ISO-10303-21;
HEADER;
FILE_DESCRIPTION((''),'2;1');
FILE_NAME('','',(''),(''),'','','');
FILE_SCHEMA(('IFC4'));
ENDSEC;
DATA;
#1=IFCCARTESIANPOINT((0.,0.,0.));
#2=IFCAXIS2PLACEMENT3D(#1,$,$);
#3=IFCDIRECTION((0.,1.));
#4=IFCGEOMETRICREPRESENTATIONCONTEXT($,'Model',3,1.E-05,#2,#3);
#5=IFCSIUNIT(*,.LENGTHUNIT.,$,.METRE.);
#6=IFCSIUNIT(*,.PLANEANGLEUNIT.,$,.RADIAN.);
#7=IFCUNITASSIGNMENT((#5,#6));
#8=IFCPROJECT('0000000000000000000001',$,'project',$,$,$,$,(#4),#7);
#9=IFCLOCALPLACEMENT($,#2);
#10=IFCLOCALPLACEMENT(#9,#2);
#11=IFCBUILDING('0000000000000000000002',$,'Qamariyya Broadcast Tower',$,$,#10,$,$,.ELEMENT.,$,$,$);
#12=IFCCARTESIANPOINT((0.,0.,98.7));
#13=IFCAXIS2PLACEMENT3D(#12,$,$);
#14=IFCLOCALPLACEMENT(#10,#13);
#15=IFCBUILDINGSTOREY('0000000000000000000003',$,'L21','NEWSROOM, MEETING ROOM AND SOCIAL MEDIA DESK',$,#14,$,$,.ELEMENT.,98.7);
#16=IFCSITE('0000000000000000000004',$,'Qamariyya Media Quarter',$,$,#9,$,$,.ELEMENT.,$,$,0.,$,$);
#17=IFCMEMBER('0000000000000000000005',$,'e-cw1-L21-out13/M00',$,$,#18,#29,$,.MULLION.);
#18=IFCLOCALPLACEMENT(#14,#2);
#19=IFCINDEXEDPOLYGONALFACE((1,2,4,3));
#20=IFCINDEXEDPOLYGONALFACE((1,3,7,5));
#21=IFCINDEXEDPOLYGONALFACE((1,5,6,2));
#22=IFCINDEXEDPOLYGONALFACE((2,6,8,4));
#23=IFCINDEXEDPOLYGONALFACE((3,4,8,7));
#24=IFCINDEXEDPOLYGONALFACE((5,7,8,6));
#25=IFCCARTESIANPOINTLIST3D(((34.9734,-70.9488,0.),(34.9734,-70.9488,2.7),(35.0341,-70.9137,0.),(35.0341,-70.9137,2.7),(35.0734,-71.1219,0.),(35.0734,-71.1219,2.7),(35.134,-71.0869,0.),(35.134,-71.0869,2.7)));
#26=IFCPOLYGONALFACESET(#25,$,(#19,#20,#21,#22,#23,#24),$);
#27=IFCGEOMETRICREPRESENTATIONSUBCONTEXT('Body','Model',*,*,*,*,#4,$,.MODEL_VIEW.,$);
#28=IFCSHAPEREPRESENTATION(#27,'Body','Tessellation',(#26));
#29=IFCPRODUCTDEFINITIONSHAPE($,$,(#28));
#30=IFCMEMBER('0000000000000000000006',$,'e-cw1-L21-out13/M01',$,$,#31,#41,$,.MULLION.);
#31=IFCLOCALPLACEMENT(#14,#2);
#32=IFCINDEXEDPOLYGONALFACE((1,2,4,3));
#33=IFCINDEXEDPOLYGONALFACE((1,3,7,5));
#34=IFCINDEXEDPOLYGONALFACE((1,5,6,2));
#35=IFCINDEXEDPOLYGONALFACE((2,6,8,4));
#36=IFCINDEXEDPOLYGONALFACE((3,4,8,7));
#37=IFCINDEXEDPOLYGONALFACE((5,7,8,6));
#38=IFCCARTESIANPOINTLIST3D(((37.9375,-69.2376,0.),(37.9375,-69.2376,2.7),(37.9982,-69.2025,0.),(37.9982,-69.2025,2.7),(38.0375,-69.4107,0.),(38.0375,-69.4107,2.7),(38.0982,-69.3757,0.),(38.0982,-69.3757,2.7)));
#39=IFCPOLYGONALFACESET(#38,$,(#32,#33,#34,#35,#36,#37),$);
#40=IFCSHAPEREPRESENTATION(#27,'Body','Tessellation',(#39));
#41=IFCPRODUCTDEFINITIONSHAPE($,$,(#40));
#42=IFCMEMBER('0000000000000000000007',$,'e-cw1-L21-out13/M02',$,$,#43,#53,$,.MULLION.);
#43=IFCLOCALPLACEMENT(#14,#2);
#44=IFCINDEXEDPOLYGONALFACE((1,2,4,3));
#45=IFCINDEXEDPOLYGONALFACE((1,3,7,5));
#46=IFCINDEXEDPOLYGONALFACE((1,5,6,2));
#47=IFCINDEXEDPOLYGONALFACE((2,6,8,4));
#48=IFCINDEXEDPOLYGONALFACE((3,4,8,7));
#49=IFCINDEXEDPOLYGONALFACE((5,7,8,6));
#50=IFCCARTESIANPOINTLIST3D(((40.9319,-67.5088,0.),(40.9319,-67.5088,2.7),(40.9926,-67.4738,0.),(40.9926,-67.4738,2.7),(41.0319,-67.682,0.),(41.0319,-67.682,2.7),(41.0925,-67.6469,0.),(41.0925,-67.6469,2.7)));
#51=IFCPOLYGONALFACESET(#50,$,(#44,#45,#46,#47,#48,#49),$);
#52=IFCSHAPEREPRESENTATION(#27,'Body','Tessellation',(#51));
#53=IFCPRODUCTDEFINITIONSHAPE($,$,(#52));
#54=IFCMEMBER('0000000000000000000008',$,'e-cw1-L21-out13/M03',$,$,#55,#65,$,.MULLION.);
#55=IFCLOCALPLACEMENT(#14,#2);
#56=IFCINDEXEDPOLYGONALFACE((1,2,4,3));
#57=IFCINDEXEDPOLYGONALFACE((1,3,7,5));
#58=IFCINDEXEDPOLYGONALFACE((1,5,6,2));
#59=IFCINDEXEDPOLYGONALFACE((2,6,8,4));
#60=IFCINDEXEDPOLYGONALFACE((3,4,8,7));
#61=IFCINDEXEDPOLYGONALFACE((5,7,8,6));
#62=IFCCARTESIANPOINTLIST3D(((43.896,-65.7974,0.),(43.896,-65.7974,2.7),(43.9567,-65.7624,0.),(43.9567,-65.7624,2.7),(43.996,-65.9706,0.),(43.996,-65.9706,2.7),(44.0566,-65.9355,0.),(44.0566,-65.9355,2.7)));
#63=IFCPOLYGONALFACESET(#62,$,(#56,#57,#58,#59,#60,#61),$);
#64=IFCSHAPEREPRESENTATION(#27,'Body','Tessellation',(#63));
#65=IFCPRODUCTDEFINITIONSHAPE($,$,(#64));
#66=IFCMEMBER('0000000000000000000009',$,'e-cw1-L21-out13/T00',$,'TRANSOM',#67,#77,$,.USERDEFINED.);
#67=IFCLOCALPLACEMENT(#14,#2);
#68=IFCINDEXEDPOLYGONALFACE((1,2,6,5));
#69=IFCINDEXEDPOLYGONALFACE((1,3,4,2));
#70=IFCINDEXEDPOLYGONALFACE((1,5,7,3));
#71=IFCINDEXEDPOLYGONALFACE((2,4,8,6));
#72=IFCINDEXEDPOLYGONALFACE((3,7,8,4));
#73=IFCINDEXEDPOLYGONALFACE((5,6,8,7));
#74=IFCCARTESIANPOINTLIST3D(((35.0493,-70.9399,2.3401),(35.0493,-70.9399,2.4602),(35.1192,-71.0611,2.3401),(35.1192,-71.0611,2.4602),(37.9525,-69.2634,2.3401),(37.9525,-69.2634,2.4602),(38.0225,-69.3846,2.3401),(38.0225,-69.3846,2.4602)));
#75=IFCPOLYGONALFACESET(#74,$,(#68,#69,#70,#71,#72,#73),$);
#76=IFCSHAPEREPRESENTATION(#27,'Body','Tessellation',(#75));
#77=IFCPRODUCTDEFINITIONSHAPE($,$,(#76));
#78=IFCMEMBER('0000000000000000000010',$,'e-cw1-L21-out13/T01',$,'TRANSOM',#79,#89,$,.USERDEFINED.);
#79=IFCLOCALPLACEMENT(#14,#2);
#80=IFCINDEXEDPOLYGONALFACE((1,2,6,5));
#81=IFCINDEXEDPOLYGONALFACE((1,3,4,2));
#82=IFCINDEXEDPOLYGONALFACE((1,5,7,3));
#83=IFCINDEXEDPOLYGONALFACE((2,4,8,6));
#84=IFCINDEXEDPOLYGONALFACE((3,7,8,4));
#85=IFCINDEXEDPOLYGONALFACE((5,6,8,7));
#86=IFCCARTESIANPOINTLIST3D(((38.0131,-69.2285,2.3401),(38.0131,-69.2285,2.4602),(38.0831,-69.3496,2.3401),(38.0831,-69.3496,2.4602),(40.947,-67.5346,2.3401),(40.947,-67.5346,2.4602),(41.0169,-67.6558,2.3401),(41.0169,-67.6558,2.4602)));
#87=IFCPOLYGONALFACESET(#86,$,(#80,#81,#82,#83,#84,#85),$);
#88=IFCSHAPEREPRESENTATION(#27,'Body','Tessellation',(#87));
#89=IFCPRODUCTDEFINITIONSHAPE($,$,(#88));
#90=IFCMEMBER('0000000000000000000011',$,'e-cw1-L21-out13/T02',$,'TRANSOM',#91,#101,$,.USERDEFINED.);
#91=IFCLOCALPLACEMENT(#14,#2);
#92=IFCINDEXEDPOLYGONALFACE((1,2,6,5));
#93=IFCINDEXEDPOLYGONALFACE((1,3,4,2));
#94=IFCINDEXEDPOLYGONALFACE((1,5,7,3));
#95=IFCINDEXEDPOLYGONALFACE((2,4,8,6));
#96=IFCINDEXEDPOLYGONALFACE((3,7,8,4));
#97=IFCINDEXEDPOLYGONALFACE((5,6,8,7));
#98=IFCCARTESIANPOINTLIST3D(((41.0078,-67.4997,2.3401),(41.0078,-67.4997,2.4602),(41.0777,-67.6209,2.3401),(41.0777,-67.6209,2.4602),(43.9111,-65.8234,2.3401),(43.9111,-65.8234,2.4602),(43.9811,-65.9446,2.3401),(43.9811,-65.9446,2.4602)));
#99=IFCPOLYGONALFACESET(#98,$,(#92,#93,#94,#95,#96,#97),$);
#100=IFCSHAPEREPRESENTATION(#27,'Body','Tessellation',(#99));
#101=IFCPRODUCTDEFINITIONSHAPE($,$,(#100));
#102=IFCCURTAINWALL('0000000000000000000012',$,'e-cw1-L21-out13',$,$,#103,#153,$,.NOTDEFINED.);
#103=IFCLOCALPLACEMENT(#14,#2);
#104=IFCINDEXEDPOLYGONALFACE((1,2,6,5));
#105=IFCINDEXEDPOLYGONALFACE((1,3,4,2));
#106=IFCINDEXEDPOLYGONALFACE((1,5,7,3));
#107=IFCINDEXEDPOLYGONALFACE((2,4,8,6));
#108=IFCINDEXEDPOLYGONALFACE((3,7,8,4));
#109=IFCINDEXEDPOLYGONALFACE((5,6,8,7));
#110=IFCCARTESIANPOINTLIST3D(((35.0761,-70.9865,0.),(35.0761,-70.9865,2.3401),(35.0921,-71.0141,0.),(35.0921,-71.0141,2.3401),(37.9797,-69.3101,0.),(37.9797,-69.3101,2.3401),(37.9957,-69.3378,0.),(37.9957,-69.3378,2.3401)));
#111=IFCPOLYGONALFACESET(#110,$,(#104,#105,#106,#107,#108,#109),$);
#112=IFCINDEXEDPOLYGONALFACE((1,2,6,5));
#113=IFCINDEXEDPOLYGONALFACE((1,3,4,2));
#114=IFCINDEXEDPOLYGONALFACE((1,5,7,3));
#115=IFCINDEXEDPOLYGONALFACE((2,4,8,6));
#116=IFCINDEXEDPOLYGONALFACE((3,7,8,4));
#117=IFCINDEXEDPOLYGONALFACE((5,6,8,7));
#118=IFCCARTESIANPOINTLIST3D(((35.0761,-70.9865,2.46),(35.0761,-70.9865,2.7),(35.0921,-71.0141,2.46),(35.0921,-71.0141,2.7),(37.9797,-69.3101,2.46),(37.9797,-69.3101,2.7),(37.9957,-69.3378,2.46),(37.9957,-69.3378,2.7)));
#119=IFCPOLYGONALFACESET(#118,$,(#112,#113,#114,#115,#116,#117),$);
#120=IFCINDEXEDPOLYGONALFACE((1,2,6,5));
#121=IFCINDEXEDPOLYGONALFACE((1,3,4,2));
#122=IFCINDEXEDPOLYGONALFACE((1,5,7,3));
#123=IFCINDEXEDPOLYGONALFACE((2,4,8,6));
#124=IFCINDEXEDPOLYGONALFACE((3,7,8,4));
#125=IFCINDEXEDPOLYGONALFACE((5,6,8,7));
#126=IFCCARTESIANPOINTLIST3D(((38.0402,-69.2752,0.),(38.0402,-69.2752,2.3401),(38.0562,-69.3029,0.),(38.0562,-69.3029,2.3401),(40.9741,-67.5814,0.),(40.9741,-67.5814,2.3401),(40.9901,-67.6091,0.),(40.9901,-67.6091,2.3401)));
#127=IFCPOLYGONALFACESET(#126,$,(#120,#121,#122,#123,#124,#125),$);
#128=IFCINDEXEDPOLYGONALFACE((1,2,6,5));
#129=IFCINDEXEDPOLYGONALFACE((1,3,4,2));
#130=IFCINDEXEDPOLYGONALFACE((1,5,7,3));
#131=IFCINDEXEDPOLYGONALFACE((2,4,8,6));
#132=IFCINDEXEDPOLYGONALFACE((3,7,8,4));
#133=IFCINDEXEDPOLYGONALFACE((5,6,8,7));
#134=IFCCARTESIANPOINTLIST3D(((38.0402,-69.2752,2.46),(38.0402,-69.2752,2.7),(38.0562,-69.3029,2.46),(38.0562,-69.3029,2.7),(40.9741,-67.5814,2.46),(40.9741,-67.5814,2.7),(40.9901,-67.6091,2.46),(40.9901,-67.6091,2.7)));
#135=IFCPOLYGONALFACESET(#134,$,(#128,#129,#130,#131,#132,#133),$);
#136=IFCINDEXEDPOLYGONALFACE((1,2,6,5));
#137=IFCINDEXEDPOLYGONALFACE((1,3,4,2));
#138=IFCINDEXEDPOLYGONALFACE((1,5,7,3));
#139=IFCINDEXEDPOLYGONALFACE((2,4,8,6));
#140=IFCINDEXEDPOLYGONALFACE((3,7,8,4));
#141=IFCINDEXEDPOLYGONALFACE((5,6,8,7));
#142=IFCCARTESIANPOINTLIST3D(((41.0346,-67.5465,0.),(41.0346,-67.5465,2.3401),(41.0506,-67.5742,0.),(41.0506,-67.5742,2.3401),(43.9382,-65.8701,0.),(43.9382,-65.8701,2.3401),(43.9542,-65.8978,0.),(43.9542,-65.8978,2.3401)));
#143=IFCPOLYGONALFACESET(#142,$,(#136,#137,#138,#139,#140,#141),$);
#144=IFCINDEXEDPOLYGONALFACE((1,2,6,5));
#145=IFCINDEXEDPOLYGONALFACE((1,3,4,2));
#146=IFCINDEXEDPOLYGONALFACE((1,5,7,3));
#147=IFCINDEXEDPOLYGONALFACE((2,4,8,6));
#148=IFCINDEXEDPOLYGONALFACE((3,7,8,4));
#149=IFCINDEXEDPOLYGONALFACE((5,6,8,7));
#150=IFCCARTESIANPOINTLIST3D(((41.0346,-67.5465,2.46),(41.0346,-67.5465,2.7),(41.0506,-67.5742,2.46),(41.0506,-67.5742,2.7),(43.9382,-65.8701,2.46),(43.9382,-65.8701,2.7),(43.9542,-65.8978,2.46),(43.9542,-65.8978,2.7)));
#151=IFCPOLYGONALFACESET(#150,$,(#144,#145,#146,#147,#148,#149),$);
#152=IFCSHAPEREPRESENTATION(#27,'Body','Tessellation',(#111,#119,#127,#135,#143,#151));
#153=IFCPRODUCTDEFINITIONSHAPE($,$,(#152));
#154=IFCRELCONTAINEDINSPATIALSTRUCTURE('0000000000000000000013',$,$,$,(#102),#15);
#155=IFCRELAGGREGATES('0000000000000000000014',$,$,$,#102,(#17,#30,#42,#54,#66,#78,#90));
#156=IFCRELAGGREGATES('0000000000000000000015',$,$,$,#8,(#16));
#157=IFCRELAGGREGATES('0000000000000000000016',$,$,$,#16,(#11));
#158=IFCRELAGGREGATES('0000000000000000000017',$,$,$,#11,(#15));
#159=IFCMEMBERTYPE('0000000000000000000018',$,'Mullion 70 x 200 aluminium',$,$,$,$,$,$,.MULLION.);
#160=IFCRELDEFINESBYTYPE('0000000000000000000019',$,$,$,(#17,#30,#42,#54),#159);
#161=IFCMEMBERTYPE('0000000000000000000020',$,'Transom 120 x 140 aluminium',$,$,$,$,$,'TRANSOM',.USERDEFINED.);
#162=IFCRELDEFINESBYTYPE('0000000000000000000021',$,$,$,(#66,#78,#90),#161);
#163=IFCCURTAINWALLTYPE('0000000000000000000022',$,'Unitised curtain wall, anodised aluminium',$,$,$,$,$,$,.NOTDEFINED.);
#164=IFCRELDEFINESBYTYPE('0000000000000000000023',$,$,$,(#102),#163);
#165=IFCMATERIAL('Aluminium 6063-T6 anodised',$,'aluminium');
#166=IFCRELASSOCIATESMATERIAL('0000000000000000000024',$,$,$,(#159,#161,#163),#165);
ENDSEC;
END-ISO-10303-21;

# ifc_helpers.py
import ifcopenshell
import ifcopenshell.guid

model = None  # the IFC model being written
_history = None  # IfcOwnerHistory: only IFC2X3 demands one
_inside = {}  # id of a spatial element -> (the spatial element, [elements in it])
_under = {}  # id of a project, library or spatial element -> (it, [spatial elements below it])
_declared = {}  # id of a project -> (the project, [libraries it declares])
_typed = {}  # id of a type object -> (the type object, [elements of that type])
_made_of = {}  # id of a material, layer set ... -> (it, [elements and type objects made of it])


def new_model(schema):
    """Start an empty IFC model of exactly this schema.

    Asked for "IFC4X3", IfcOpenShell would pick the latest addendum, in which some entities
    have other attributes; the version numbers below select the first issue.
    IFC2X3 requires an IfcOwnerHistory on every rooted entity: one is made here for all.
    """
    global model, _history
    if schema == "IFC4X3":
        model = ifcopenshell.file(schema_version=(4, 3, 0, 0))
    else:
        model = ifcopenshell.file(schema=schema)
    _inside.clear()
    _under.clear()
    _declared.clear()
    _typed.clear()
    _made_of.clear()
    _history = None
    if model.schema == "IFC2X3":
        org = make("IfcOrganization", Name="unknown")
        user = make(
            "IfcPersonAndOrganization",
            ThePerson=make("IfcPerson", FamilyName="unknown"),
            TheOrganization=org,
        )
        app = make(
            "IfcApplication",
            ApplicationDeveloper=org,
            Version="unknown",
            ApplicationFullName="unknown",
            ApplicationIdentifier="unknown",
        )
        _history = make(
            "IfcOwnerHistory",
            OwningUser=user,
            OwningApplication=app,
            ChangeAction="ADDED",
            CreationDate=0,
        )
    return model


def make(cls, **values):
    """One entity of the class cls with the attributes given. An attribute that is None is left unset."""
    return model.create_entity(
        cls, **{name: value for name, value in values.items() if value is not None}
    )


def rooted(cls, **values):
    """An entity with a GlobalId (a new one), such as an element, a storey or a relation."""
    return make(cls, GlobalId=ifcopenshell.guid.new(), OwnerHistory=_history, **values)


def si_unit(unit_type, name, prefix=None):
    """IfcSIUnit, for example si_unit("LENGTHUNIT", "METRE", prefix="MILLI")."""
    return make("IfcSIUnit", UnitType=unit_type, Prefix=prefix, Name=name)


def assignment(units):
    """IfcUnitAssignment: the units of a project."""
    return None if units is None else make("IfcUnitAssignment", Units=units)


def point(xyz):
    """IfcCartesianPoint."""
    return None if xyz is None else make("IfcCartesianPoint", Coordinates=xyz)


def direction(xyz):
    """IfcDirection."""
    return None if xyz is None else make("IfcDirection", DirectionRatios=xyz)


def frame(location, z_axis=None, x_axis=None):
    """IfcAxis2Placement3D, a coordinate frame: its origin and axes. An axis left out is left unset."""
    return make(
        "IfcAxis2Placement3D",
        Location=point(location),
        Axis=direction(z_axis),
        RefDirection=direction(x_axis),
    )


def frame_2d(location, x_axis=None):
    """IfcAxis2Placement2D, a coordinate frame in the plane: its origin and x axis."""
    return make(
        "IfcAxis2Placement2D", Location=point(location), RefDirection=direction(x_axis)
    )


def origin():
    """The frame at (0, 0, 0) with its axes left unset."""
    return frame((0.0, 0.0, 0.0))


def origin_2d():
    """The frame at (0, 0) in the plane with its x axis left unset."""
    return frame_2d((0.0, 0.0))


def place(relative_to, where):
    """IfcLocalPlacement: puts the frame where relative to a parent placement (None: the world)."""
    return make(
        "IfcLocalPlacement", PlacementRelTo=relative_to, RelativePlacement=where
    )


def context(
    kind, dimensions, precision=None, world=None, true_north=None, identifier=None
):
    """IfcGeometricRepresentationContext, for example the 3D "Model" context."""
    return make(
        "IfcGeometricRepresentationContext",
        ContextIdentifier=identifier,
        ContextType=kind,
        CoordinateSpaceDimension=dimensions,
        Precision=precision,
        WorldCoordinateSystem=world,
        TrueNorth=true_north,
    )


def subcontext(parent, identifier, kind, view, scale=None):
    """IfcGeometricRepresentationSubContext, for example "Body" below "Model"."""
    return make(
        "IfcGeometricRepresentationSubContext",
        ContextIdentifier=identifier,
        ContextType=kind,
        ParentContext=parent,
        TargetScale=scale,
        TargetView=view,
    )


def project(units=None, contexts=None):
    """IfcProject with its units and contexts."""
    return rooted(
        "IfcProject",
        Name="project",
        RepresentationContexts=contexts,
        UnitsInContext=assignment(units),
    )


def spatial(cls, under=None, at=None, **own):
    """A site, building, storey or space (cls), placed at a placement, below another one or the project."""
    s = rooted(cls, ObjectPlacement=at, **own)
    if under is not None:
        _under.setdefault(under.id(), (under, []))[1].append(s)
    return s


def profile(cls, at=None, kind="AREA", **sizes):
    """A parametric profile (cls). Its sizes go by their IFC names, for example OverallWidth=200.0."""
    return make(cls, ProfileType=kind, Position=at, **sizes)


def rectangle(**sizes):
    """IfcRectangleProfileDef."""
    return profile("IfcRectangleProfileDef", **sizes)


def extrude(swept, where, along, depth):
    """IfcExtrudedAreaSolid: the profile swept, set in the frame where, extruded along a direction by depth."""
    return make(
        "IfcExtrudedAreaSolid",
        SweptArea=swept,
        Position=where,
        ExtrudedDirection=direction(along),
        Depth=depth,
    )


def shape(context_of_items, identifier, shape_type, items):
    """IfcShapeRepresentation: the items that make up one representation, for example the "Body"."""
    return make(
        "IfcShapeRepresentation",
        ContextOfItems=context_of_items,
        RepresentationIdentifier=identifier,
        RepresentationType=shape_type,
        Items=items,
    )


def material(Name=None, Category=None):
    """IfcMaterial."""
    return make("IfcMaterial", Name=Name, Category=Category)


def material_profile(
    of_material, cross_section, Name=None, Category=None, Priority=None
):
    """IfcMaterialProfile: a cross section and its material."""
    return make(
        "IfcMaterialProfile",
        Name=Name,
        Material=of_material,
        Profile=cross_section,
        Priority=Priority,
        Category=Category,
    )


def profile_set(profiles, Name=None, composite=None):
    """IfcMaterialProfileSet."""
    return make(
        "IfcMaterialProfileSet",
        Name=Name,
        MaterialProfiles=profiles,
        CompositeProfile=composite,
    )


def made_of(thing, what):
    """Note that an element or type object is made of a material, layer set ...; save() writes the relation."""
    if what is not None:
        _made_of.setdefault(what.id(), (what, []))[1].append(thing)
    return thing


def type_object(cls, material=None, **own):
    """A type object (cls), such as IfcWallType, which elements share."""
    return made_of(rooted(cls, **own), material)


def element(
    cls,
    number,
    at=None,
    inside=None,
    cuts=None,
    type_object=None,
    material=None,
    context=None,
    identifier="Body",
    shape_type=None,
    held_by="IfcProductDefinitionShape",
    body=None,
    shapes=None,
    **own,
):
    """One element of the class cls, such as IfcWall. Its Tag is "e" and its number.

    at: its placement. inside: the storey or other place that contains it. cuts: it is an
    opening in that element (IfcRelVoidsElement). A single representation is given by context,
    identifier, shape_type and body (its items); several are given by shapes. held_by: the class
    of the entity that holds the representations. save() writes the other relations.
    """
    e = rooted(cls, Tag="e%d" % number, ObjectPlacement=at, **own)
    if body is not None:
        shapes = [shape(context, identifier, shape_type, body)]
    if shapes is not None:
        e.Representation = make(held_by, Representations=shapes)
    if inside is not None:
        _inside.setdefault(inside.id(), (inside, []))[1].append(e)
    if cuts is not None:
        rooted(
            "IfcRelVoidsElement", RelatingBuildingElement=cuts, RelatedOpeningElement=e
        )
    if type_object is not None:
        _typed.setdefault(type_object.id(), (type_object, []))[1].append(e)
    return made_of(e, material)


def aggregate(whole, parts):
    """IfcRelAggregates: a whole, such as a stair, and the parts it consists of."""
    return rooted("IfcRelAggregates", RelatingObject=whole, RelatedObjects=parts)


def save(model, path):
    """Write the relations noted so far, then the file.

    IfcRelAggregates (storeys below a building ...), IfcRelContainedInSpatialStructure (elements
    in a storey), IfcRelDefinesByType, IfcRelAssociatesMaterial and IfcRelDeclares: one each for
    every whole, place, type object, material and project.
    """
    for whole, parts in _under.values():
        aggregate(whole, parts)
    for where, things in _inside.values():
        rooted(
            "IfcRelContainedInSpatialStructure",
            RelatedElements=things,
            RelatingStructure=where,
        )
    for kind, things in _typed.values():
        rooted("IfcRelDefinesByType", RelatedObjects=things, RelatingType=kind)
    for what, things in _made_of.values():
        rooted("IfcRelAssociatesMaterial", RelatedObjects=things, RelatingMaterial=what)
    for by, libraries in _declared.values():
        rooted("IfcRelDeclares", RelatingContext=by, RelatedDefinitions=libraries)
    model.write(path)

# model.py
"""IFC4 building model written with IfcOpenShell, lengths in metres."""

from ifc_helpers import new_model, si_unit, direction, frame, origin, origin_2d, place, context, subcontext, project, spatial, rectangle, extrude, material, material_profile, profile_set, type_object, element, aggregate, save


model = new_model("IFC4")

# Units and contexts
model_context = context("Model", 3, precision=1e-05, world=origin(), true_north=direction((0.0, 1.0)))
body_context = subcontext(model_context, "Body", "Model", "MODEL_VIEW")
ifc_project = project(units=[si_unit("LENGTHUNIT", "METRE"), si_unit("PLANEANGLEUNIT", "RADIAN")], contexts=[model_context])

# Members
ifc_material = material(Name="Aluminium 6063-T6 anodised", Category="aluminium")
ifc_material_profile_1 = material_profile(ifc_material, rectangle(XDim=0.2, YDim=0.0701, at=origin_2d()))
ifc_profile_set_1 = profile_set([ifc_material_profile_1], Name="Aluminium 6063-T6 anodised")
member_type_1 = type_object("IfcMemberType", Name="Mullion 70 x 200 aluminium", PredefinedType="MULLION", material=ifc_profile_set_1)
site_placement = place(None, origin())
building_placement = place(site_placement, origin())
storey_placement = place(building_placement, frame((0.0, 0.0, 98.7)))
member_1_placement = place(storey_placement, frame((35.0537, -71.0178, 0.0), z_axis=(0.0, 0.0, 1.0), x_axis=(-0.5, 0.866025, 0.0)))
member_1 = element("IfcMember", 1, at=member_1_placement, type_object=member_type_1, Name="e-cw1-L21-out13/M00", PredefinedType="MULLION", context=body_context, shape_type="SweptSolid", body=[
    extrude(rectangle(XDim=0.2, YDim=0.0701, at=origin_2d()), origin(), (0.0, 0.0, 1.0), 2.7),
])
member_2_placement = place(storey_placement, frame((38.0178, -69.3066, 0.0), z_axis=(0.0, 0.0, 1.0), x_axis=(-0.5, 0.866025, 0.0)))
member_2 = element("IfcMember", 2, at=member_2_placement, type_object=member_type_1, Name="e-cw1-L21-out13/M01", PredefinedType="MULLION", context=body_context, shape_type="SweptSolid", body=[
    extrude(rectangle(XDim=0.2, YDim=0.0701, at=origin_2d()), origin(), (0.0, 0.0, 1.0), 2.7),
])
member_3_placement = place(storey_placement, frame((41.0122, -67.5779, 0.0), z_axis=(0.0, 0.0, 1.0), x_axis=(-0.5, 0.866025, 0.0)))
member_3 = element("IfcMember", 3, at=member_3_placement, type_object=member_type_1, Name="e-cw1-L21-out13/M02", PredefinedType="MULLION", context=body_context, shape_type="SweptSolid", body=[
    extrude(rectangle(XDim=0.2, YDim=0.0701, at=origin_2d()), origin(), (0.0, 0.0, 1.0), 2.7),
])
member_4_placement = place(storey_placement, frame((43.9763, -65.8665, 0.0), z_axis=(0.0, 0.0, 1.0), x_axis=(-0.5, 0.866025, 0.0)))
member_4 = element("IfcMember", 4, at=member_4_placement, type_object=member_type_1, Name="e-cw1-L21-out13/M03", PredefinedType="MULLION", context=body_context, shape_type="SweptSolid", body=[
    extrude(rectangle(XDim=0.2, YDim=0.0701, at=origin_2d()), origin(), (0.0, 0.0, 1.0), 2.7),
])
ifc_material_profile_2 = material_profile(ifc_material, rectangle(XDim=0.1399, YDim=0.1201, at=origin_2d()))
ifc_profile_set_2 = profile_set([ifc_material_profile_2], Name="Aluminium 6063-T6 anodised")
member_type_2 = type_object("IfcMemberType", Name="Transom 120 x 140 aluminium", ElementType="TRANSOM", PredefinedType="USERDEFINED", material=ifc_profile_set_2)
member_5_placement = place(storey_placement, frame((35.0842, -71.0005, 2.4001), z_axis=(0.865989, 0.500063, 0.0), x_axis=(-0.500063, 0.865989, 0.0)))
member_5 = element("IfcMember", 5, at=member_5_placement, type_object=member_type_2, Name="e-cw1-L21-out13/T00", ObjectType="TRANSOM", PredefinedType="USERDEFINED", context=body_context, shape_type="SweptSolid", body=[
    extrude(rectangle(XDim=0.1399, YDim=0.1201, at=origin_2d()), origin(), (0.0, 0.0, 1.0), 3.3525),
])
member_6_placement = place(storey_placement, frame((38.0481, -69.2891, 2.4001), z_axis=(0.866026, 0.499999, 0.0), x_axis=(-0.499999, 0.866026, 0.0)))
member_6 = element("IfcMember", 6, at=member_6_placement, type_object=member_type_2, Name="e-cw1-L21-out13/T01", ObjectType="TRANSOM", PredefinedType="USERDEFINED", context=body_context, shape_type="SweptSolid", body=[
    extrude(rectangle(XDim=0.1399, YDim=0.1201, at=origin_2d()), origin(), (0.0, 0.0, 1.0), 3.3877),
])
member_7_placement = place(storey_placement, frame((41.0427, -67.5603, 2.4001), z_axis=(0.866021, 0.500008, 0.0), x_axis=(-0.500008, 0.866021, 0.0)))
member_7 = element("IfcMember", 7, at=member_7_placement, type_object=member_type_2, Name="e-cw1-L21-out13/T02", ObjectType="TRANSOM", PredefinedType="USERDEFINED", context=body_context, shape_type="SweptSolid", body=[
    extrude(rectangle(XDim=0.1399, YDim=0.1201, at=origin_2d()), origin(), (0.0, 0.0, 1.0), 3.3525),
])

# Site, building, storey
site = spatial("IfcSite", under=ifc_project, at=site_placement, Name="Qamariyya Media Quarter", CompositionType="ELEMENT", RefElevation=0.0)
building = spatial("IfcBuilding", under=site, at=building_placement, Name="Qamariyya Broadcast Tower", CompositionType="ELEMENT")
storey = spatial("IfcBuildingStorey", under=building, at=storey_placement, Name="L21", Description="NEWSROOM, MEETING ROOM AND SOCIAL MEDIA DESK", CompositionType="ELEMENT", Elevation=98.7)

# Curtain wall
curtain_wall_type = type_object("IfcCurtainWallType", Name="Unitised curtain wall, anodised aluminium", PredefinedType="NOTDEFINED", material=ifc_material)
curtain_wall_1_placement = place(storey_placement, origin())
curtain_wall_1 = element("IfcCurtainWall", 8, at=curtain_wall_1_placement, inside=storey, type_object=curtain_wall_type, Name="e-cw1-L21-out13", PredefinedType="NOTDEFINED", context=body_context, shape_type="SweptSolid", body=[
    extrude(rectangle(XDim=3.3528, YDim=0.032, at=origin_2d()), frame((36.5359, -70.1621, 0.0), x_axis=(0.866027, 0.499997, 0.0)), (0.0, 0.0, 1.0), 2.3401),
    extrude(rectangle(XDim=3.3528, YDim=0.032, at=origin_2d()), frame((36.5359, -70.1621, 2.46), x_axis=(0.866027, 0.499997, 0.0)), (0.0, 0.0, 1.0), 0.24),
    extrude(rectangle(XDim=3.3877, YDim=0.032, at=origin_2d()), frame((39.5151, -68.4421, 0.0), x_axis=(0.866027, 0.499997, 0.0)), (0.0, 0.0, 1.0), 2.3401),
    extrude(rectangle(XDim=3.3877, YDim=0.032, at=origin_2d()), frame((39.5151, -68.4421, 2.46), x_axis=(0.866027, 0.499997, 0.0)), (0.0, 0.0, 1.0), 0.24),
    extrude(rectangle(XDim=3.3528, YDim=0.032, at=origin_2d()), frame((42.4944, -66.7222, 0.0), x_axis=(0.866027, 0.499997, 0.0)), (0.0, 0.0, 1.0), 2.3401),
    extrude(rectangle(XDim=3.3528, YDim=0.032, at=origin_2d()), frame((42.4944, -66.7222, 2.46), x_axis=(0.866027, 0.499997, 0.0)), (0.0, 0.0, 1.0), 0.24),
])
aggregate(curtain_wall_1, [member_1, member_2, member_3, member_4, member_5, member_6, member_7])

save(model, "model.ifc")
